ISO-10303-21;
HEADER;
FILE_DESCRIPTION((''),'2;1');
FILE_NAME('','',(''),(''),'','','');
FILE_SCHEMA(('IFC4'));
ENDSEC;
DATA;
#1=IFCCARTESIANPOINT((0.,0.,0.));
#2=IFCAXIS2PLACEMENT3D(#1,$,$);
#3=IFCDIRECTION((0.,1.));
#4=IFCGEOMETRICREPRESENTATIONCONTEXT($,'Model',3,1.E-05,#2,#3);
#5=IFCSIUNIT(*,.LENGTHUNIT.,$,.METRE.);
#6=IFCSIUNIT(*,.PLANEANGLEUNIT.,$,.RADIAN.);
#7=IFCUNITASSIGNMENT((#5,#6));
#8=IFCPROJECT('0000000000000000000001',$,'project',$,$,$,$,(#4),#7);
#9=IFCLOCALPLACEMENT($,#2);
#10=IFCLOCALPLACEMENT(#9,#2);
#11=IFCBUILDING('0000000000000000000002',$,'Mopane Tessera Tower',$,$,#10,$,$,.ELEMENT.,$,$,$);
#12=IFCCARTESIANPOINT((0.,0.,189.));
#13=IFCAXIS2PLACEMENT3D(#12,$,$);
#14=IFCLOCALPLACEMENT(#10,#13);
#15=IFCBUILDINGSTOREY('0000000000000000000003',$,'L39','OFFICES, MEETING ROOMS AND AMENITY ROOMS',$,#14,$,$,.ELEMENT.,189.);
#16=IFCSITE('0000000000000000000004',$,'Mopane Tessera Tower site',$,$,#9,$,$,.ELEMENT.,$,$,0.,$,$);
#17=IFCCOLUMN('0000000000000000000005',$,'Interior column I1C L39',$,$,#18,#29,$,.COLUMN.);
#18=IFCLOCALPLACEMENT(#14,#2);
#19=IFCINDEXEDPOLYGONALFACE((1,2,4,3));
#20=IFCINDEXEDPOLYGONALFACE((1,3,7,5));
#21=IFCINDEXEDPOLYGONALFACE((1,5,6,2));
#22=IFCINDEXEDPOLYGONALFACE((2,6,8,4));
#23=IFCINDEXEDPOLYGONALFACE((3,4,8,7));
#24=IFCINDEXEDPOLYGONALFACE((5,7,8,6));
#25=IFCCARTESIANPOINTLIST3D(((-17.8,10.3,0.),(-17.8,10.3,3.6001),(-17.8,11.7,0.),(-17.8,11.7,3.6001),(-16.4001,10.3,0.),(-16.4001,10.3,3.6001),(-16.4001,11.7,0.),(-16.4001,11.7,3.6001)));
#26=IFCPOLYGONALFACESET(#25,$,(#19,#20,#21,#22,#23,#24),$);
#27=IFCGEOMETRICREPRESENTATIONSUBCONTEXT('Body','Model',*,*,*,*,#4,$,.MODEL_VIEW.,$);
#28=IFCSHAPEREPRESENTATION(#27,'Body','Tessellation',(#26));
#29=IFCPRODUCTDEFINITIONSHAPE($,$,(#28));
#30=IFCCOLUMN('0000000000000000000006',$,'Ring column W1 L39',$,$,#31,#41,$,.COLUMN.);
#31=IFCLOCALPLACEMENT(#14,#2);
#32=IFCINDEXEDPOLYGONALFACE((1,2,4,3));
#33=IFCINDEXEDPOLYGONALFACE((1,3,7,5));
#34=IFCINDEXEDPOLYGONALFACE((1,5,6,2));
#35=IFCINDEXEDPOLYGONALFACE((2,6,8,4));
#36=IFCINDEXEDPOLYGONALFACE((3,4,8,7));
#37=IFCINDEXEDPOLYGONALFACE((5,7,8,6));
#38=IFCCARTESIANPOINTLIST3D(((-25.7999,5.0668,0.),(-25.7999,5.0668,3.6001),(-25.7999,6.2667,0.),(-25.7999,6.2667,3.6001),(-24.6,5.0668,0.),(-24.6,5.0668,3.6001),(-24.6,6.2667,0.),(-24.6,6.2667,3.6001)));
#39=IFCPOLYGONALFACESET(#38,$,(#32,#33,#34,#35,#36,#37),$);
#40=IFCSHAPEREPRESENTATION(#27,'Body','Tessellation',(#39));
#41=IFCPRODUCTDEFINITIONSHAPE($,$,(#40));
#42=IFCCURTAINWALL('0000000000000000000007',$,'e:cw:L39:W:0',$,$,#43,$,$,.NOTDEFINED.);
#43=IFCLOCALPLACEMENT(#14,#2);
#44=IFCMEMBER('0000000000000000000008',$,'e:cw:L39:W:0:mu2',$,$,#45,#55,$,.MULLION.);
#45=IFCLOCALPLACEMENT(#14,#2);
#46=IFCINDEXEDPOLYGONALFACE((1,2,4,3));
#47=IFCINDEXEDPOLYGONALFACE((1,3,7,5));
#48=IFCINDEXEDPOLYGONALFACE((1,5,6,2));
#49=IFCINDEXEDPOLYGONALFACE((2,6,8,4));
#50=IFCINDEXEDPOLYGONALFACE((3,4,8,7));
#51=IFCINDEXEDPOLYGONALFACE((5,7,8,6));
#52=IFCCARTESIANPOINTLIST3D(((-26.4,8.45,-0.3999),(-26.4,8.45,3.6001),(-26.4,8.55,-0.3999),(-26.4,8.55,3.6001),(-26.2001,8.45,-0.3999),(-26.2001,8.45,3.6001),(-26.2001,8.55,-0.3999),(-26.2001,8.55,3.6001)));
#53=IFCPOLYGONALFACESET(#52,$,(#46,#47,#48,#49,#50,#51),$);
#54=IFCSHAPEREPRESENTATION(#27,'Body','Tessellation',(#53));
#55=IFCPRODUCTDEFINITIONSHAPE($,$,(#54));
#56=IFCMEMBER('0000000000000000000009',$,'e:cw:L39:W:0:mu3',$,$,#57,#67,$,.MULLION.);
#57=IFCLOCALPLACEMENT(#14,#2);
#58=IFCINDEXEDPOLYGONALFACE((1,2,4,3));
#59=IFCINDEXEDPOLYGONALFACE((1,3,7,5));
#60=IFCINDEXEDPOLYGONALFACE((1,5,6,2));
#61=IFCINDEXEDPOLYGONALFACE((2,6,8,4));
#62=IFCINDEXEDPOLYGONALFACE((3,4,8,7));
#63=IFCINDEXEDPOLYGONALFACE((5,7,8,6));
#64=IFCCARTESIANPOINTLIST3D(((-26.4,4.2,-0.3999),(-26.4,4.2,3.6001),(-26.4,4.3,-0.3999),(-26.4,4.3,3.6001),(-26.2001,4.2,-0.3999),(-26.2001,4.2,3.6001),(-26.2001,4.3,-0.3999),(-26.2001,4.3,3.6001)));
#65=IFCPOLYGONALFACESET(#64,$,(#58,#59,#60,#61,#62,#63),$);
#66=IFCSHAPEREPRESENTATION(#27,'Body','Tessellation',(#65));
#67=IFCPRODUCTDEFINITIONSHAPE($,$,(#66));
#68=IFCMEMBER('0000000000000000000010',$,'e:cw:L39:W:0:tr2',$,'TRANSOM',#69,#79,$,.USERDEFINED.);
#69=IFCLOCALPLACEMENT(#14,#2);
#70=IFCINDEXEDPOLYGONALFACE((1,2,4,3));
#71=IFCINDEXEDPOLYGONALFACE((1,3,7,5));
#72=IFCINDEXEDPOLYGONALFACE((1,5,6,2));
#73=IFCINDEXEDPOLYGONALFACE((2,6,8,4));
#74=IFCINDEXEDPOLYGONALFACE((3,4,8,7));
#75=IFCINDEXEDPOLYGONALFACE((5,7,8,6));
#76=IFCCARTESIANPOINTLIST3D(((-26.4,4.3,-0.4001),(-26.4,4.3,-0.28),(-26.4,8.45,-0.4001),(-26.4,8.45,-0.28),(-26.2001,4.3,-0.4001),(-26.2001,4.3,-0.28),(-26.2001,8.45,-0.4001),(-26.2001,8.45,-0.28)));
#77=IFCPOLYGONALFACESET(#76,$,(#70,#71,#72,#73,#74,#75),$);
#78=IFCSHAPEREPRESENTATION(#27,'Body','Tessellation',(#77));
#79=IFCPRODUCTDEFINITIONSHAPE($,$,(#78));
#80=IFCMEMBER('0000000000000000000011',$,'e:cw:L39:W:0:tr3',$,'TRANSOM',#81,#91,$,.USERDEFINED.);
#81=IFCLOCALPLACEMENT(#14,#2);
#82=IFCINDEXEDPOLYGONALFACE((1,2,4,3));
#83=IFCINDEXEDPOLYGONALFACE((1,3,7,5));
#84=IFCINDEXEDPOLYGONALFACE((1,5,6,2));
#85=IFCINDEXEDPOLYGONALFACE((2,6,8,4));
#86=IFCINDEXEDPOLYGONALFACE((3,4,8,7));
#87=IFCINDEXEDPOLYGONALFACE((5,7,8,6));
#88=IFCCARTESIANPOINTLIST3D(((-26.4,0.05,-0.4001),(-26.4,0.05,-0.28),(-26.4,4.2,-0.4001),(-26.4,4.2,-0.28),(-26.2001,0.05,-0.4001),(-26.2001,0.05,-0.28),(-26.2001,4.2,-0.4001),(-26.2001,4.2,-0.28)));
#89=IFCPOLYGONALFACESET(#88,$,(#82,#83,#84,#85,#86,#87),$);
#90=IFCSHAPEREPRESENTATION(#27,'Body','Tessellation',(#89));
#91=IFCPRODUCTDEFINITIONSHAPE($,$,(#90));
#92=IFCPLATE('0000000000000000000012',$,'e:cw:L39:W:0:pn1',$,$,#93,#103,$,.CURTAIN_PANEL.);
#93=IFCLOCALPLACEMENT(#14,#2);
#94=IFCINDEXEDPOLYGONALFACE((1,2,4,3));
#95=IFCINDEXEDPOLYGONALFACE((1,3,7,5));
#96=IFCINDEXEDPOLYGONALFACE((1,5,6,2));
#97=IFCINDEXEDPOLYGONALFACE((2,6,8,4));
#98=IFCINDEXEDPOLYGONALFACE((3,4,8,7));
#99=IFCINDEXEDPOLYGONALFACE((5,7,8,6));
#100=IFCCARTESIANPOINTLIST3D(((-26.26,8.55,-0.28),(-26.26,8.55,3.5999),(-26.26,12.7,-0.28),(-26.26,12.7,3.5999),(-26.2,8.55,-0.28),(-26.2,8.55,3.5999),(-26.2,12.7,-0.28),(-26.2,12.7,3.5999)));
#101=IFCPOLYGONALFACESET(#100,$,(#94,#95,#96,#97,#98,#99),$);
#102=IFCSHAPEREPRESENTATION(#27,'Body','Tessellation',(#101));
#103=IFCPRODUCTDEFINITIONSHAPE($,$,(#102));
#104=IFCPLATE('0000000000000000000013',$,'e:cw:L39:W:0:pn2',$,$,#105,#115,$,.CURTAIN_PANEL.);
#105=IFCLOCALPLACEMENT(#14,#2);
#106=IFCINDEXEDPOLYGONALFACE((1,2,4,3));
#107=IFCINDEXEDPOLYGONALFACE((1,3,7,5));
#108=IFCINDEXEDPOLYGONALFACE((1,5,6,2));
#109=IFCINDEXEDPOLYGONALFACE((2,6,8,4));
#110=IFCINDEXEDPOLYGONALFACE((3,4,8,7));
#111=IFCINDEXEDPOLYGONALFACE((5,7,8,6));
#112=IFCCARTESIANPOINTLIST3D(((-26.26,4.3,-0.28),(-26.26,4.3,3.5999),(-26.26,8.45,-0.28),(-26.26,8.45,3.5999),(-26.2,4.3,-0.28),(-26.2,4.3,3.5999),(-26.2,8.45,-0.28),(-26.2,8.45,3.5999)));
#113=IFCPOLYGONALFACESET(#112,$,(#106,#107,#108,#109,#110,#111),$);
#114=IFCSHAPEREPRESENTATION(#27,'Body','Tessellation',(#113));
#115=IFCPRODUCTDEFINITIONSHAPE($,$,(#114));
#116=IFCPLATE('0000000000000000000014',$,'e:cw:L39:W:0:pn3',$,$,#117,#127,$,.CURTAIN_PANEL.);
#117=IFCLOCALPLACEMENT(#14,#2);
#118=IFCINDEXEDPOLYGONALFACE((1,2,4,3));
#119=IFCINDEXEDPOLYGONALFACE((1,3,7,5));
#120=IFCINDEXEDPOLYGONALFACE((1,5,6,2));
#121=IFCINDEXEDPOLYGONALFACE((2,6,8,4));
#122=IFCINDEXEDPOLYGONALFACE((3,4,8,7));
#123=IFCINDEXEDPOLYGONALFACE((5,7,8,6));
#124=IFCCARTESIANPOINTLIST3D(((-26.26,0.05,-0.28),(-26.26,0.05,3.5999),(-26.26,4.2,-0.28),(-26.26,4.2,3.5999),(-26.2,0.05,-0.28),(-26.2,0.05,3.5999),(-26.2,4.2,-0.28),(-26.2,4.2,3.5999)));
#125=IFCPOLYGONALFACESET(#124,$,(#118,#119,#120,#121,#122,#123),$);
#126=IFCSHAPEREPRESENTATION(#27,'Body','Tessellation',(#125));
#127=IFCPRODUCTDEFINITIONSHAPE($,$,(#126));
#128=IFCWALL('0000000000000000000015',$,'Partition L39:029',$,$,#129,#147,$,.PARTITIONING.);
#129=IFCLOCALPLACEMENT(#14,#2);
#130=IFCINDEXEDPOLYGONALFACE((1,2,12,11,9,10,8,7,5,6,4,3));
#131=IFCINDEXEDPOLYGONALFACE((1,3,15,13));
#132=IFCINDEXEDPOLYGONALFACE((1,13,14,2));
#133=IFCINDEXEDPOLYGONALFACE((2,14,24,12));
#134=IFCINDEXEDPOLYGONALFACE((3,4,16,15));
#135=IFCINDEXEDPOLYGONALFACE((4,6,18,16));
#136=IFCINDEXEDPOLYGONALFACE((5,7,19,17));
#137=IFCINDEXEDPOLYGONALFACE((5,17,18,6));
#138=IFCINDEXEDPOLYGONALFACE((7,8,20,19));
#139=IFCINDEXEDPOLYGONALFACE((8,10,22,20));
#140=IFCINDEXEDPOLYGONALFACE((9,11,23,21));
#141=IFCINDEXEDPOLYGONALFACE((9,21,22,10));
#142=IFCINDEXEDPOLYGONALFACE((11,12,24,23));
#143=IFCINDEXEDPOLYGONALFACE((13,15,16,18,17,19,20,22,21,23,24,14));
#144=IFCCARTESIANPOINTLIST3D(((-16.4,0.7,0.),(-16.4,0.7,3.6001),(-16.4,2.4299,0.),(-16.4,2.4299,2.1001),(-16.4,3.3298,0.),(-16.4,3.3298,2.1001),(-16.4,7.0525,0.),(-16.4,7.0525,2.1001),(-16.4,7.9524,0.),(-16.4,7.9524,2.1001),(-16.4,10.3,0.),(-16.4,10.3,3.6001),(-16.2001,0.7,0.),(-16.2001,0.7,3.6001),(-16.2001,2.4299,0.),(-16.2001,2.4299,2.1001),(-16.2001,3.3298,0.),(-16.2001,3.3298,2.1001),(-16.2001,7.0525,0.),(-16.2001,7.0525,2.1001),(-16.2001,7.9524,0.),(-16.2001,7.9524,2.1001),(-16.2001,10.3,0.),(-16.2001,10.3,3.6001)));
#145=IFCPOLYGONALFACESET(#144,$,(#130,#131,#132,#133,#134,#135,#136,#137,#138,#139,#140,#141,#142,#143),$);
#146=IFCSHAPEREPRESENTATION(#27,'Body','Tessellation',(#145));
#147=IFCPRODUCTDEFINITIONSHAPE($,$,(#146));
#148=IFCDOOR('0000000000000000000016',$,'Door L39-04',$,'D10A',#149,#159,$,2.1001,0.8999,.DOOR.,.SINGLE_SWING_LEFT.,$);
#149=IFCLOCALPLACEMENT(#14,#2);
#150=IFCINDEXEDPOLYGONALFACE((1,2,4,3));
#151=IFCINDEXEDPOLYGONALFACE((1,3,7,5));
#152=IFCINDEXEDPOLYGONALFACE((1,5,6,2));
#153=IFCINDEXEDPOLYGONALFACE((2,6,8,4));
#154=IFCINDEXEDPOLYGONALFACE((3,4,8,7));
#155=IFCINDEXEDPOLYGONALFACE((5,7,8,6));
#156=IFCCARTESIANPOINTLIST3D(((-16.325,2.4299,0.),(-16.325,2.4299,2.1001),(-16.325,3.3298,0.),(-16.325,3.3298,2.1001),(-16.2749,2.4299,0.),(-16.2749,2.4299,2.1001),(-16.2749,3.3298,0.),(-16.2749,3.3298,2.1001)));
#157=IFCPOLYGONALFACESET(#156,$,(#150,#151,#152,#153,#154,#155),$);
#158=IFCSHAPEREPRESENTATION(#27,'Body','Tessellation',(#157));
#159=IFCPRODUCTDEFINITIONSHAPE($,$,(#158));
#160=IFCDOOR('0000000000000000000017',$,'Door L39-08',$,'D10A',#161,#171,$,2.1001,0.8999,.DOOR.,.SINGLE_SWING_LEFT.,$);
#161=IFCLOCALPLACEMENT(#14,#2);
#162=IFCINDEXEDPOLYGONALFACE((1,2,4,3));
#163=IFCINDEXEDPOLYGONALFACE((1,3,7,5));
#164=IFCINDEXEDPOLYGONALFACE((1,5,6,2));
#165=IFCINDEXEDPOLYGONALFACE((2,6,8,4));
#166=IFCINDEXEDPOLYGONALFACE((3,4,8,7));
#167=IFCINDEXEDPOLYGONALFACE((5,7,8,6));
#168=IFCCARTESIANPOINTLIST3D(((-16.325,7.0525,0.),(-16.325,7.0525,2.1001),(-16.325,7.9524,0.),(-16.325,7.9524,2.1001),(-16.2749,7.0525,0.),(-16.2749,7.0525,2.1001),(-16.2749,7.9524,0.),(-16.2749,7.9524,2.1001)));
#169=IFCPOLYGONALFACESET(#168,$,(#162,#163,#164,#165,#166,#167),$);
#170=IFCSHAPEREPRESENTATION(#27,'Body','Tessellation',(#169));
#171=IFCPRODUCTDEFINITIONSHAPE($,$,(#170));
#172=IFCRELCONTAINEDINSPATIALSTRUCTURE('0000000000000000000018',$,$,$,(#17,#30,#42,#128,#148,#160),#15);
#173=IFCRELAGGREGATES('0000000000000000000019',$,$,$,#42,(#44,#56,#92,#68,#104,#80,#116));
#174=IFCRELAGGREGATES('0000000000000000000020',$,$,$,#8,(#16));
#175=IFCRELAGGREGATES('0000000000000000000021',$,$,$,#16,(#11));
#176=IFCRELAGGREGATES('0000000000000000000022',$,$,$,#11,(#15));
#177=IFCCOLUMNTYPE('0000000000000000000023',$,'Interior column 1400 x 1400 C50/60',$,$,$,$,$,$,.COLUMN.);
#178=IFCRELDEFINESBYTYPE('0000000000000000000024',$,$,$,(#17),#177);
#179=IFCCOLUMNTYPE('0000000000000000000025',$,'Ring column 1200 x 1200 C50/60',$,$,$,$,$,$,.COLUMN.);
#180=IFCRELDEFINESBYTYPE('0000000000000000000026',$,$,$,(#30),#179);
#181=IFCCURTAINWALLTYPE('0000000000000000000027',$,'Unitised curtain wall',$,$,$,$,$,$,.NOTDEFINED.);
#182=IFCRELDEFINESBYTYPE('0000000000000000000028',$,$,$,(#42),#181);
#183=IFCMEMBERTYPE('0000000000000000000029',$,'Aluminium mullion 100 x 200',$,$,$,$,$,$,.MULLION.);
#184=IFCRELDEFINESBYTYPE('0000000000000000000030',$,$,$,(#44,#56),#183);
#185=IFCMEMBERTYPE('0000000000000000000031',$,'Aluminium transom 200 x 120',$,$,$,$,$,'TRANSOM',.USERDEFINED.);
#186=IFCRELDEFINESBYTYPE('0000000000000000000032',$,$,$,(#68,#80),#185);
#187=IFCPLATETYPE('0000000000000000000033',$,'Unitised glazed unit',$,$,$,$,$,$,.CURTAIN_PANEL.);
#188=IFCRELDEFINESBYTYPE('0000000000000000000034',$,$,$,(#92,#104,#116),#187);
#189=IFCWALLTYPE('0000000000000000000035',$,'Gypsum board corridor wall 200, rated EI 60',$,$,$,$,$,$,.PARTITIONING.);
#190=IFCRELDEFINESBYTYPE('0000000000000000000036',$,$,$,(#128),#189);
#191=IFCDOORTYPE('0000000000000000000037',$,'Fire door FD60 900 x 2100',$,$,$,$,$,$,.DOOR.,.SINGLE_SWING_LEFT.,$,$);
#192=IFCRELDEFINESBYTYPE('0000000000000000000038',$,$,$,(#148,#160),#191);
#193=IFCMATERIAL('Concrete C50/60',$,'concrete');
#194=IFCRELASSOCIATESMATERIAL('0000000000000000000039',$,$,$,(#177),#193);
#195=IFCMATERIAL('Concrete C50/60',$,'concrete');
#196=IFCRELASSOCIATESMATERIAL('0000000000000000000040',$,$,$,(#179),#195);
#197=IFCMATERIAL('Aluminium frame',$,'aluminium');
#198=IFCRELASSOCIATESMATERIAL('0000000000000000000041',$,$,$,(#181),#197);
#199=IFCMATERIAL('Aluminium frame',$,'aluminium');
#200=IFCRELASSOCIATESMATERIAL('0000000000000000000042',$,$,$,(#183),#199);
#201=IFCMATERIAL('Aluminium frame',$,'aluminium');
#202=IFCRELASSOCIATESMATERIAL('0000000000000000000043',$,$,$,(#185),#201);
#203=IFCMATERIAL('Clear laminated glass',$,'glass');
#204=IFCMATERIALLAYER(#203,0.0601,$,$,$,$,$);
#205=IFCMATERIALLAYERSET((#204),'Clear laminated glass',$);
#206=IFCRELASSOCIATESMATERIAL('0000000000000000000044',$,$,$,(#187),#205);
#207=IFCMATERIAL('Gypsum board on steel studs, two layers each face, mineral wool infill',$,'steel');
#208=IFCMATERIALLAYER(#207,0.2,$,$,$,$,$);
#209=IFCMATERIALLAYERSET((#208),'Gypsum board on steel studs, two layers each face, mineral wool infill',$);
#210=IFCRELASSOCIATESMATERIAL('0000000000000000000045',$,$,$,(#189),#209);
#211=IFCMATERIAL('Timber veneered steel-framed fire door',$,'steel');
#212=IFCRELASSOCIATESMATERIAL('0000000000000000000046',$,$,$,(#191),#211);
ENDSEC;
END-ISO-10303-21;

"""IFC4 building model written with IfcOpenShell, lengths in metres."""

from ifc_helpers import new_model, si_unit, direction, frame, frame_2d, origin, origin_2d, place, context, subcontext, project, spatial, rectangle, extrude, material, layer, layer_set, material_profile, profile_set, type_object, element, fill, aggregate, save


model = new_model("IFC4")

# Units and contexts
model_context = context("Model", 3, precision=1e-05, world=origin(), true_north=direction((0.0, 1.0)))
body_context = subcontext(model_context, "Body", "Model", "MODEL_VIEW")
ifc_project = project(units=[si_unit("LENGTHUNIT", "METRE"), si_unit("PLANEANGLEUNIT", "RADIAN")], contexts=[model_context])

# Site, building, storey
site_placement = place(None, origin())
site = spatial("IfcSite", under=ifc_project, at=site_placement, Name="Mopane Tessera Tower site", CompositionType="ELEMENT", RefElevation=0.0)
building_placement = place(site_placement, origin())
building = spatial("IfcBuilding", under=site, at=building_placement, Name="Mopane Tessera Tower", CompositionType="ELEMENT")
storey_placement = place(building_placement, frame((0.0, 0.0, 189.0)))
storey = spatial("IfcBuildingStorey", under=building, at=storey_placement, Name="L39", Description="OFFICES, MEETING ROOMS AND AMENITY ROOMS", CompositionType="ELEMENT", Elevation=189.0)

# Columns
ifc_material_1 = material(Name="Concrete C50/60", Category="concrete")
ifc_material_profile_1 = material_profile(ifc_material_1, rectangle(XDim=1.3999, YDim=1.3999, at=origin_2d()))
ifc_profile_set_1 = profile_set([ifc_material_profile_1], Name="Concrete C50/60")
column_type_1 = type_object("IfcColumnType", Name="Interior column 1400 x 1400 C50/60", PredefinedType="COLUMN", material=ifc_profile_set_1)
column_1_placement = place(storey_placement, frame((-17.1001, 11.0, 0.0), z_axis=(0.0, 0.0, 1.0), x_axis=(1.0, 0.0, 0.0)))
element("IfcColumn", 1, at=column_1_placement, inside=storey, type_object=column_type_1, Name="Interior column I1C L39", PredefinedType="COLUMN", context=body_context, shape_type="SweptSolid", body=[
    extrude(rectangle(XDim=1.3999, YDim=1.3999, at=origin_2d()), origin(), (0.0, 0.0, 1.0), 3.6001),
])
ifc_material_2 = material(Name="Concrete C50/60", Category="concrete")
ifc_material_profile_2 = material_profile(ifc_material_2, rectangle(XDim=1.2, YDim=1.2, at=origin_2d()))
ifc_profile_set_2 = profile_set([ifc_material_profile_2], Name="Concrete C50/60")
column_type_2 = type_object("IfcColumnType", Name="Ring column 1200 x 1200 C50/60", PredefinedType="COLUMN", material=ifc_profile_set_2)
column_2_placement = place(storey_placement, frame((-25.2, 5.6667, 0.0), z_axis=(0.0, 0.0, 1.0), x_axis=(1.0, 0.0, 0.0)))
element("IfcColumn", 2, at=column_2_placement, inside=storey, type_object=column_type_2, Name="Ring column W1 L39", PredefinedType="COLUMN", context=body_context, shape_type="SweptSolid", body=[
    extrude(rectangle(XDim=1.2, YDim=1.2, at=origin_2d()), origin(), (0.0, 0.0, 1.0), 3.6001),
])

# Curtain wall, members, plates
ifc_material_3 = material(Name="Aluminium frame", Category="aluminium")
curtain_wall_type = type_object("IfcCurtainWallType", Name="Unitised curtain wall", PredefinedType="NOTDEFINED", material=ifc_material_3)
curtain_wall_placement = place(storey_placement, origin())
curtain_wall = element("IfcCurtainWall", 3, at=curtain_wall_placement, inside=storey, type_object=curtain_wall_type, Name="e:cw:L39:W:0", PredefinedType="NOTDEFINED")
ifc_material_4 = material(Name="Aluminium frame", Category="aluminium")
ifc_material_profile_3 = material_profile(ifc_material_4, rectangle(XDim=0.1001, YDim=0.2, at=origin_2d()))
ifc_profile_set_3 = profile_set([ifc_material_profile_3], Name="Aluminium frame")
member_type_1 = type_object("IfcMemberType", Name="Aluminium mullion 100 x 200", PredefinedType="MULLION", material=ifc_profile_set_3)
member_1_placement = place(storey_placement, frame((-26.3, 8.5, -0.3999), z_axis=(0.0, 0.0, 1.0), x_axis=(0.0, -1.0, 0.0)))
member_1 = element("IfcMember", 4, at=member_1_placement, type_object=member_type_1, Name="e:cw:L39:W:0:mu2", PredefinedType="MULLION", context=body_context, shape_type="SweptSolid", body=[
    extrude(rectangle(XDim=0.1001, YDim=0.2, at=origin_2d()), origin(), (0.0, 0.0, 1.0), 4.0),
])
member_2_placement = place(storey_placement, frame((-26.3, 4.25, -0.3999), z_axis=(0.0, 0.0, 1.0), x_axis=(0.0, -1.0, 0.0)))
member_2 = element("IfcMember", 5, at=member_2_placement, type_object=member_type_1, Name="e:cw:L39:W:0:mu3", PredefinedType="MULLION", context=body_context, shape_type="SweptSolid", body=[
    extrude(rectangle(XDim=0.1001, YDim=0.2, at=origin_2d()), origin(), (0.0, 0.0, 1.0), 4.0),
])
ifc_material_5 = material(Name="Aluminium frame", Category="aluminium")
ifc_material_profile_4 = material_profile(ifc_material_5, rectangle(XDim=0.2, YDim=0.1201, at=origin_2d()))
ifc_profile_set_4 = profile_set([ifc_material_profile_4], Name="Aluminium frame")
member_type_2 = type_object("IfcMemberType", Name="Aluminium transom 200 x 120", ElementType="TRANSOM", PredefinedType="USERDEFINED", material=ifc_profile_set_4)
member_3_placement = place(storey_placement, frame((-26.3, 8.45, -0.3401), z_axis=(0.0, -1.0, 0.0), x_axis=(1.0, 0.0, 0.0)))
member_3 = element("IfcMember", 6, at=member_3_placement, type_object=member_type_2, Name="e:cw:L39:W:0:tr2", ObjectType="TRANSOM", PredefinedType="USERDEFINED", context=body_context, shape_type="SweptSolid", body=[
    extrude(rectangle(XDim=0.2, YDim=0.1201, at=origin_2d()), origin(), (0.0, 0.0, 1.0), 4.1499),
])
member_4_placement = place(storey_placement, frame((-26.3, 4.2, -0.3401), z_axis=(0.0, -1.0, 0.0), x_axis=(1.0, 0.0, 0.0)))
member_4 = element("IfcMember", 7, at=member_4_placement, type_object=member_type_2, Name="e:cw:L39:W:0:tr3", ObjectType="TRANSOM", PredefinedType="USERDEFINED", context=body_context, shape_type="SweptSolid", body=[
    extrude(rectangle(XDim=0.2, YDim=0.1201, at=origin_2d()), origin(), (0.0, 0.0, 1.0), 4.1499),
])
ifc_material_6 = material(Name="Clear laminated glass", Category="glass")
ifc_layer_1 = layer(ifc_material_6, 0.0601)
ifc_layer_set_1 = layer_set([ifc_layer_1], Name="Clear laminated glass")
plate_type = type_object("IfcPlateType", Name="Unitised glazed unit", PredefinedType="CURTAIN_PANEL", material=ifc_layer_set_1)
plate_1_placement = place(storey_placement, frame((-26.23, 10.625, -0.28), z_axis=(0.0, 0.0, 1.0), x_axis=(0.0, -1.0, 0.0)))
plate_1 = element("IfcPlate", 8, at=plate_1_placement, type_object=plate_type, Name="e:cw:L39:W:0:pn1", PredefinedType="CURTAIN_PANEL", context=body_context, shape_type="SweptSolid", body=[
    extrude(rectangle(XDim=4.1499, YDim=0.0601, at=origin_2d()), origin(), (0.0, 0.0, 1.0), 3.8799),
])
plate_2_placement = place(storey_placement, frame((-26.23, 6.375, -0.28), z_axis=(0.0, 0.0, 1.0), x_axis=(0.0, -1.0, 0.0)))
plate_2 = element("IfcPlate", 9, at=plate_2_placement, type_object=plate_type, Name="e:cw:L39:W:0:pn2", PredefinedType="CURTAIN_PANEL", context=body_context, shape_type="SweptSolid", body=[
    extrude(rectangle(XDim=4.1499, YDim=0.0601, at=origin_2d()), origin(), (0.0, 0.0, 1.0), 3.8799),
])
plate_3_placement = place(storey_placement, frame((-26.23, 2.125, -0.28), z_axis=(0.0, 0.0, 1.0), x_axis=(0.0, -1.0, 0.0)))
plate_3 = element("IfcPlate", 10, at=plate_3_placement, type_object=plate_type, Name="e:cw:L39:W:0:pn3", PredefinedType="CURTAIN_PANEL", context=body_context, shape_type="SweptSolid", body=[
    extrude(rectangle(XDim=4.1499, YDim=0.0601, at=origin_2d()), origin(), (0.0, 0.0, 1.0), 3.8799),
])
aggregate(curtain_wall, [member_1, member_2, plate_1, member_3, plate_2, member_4, plate_3])

# Wall, openings, doors
ifc_material_7 = material(Name="Gypsum board on steel studs, two layers each face, mineral wool infill", Category="steel")
ifc_layer_2 = layer(ifc_material_7, 0.2)
ifc_layer_set_2 = layer_set([ifc_layer_2], Name="Gypsum board on steel studs, two layers each face, mineral wool infill")
wall_type_1 = type_object("IfcWallType", Name="Gypsum board corridor wall 200, rated EI 60", PredefinedType="PARTITIONING", material=ifc_layer_set_2)
wall_1_placement = place(storey_placement, frame((-16.3, 0.7, 0.0), z_axis=(0.0, 0.0, 1.0), x_axis=(0.0, 1.0, 0.0)))
wall_1 = element("IfcWall", 11, at=wall_1_placement, inside=storey, type_object=wall_type_1, Name="Partition L39:029", PredefinedType="PARTITIONING", context=body_context, shape_type="SweptSolid", body=[
    extrude(rectangle(XDim=9.6001, YDim=0.2, at=frame_2d((4.8, 0.0))), origin(), (0.0, 0.0, 1.0), 3.6001),
])
opening_1_placement = place(wall_1_placement, frame((1.73, 0.0, 0.0)))
opening_1 = element("IfcOpeningElement", 12, at=opening_1_placement, cuts=wall_1, PredefinedType="OPENING", context=body_context, shape_type="SweptSolid", body=[
    extrude(rectangle(XDim=0.8999, YDim=2.1001, at=frame_2d((0.45, 1.05))), frame((0.0, 0.1121, 0.0), z_axis=(0.0, -1.0, 0.0), x_axis=(1.0, 0.0, 0.0)), (0.0, 0.0, 1.0), 0.2239),
])
opening_2_placement = place(wall_1_placement, frame((6.3525, 0.0, 0.0)))
opening_2 = element("IfcOpeningElement", 13, at=opening_2_placement, cuts=wall_1, PredefinedType="OPENING", context=body_context, shape_type="SweptSolid", body=[
    extrude(rectangle(XDim=0.8999, YDim=2.1001, at=frame_2d((0.45, 1.05))), frame((0.0, 0.1121, 0.0), z_axis=(0.0, -1.0, 0.0), x_axis=(1.0, 0.0, 0.0)), (0.0, 0.0, 1.0), 0.2239),
])
ifc_material_8 = material(Name="Timber veneered steel-framed fire door", Category="steel")
door_type_1 = type_object("IfcDoorType", Name="Fire door FD60 900 x 2100", OperationType="SINGLE_SWING_LEFT", PredefinedType="DOOR", material=ifc_material_8)
door_1_placement = place(opening_1_placement, origin())
door_1 = element("IfcDoor", 14, at=door_1_placement, inside=storey, type_object=door_type_1, Name="Door L39-04", ObjectType="D10A", OperationType="SINGLE_SWING_LEFT", OverallHeight=2.1001, OverallWidth=0.8999, PredefinedType="DOOR", context=body_context, shape_type="SweptSolid", body=[
    extrude(rectangle(XDim=0.8999, YDim=2.1001, at=frame_2d((0.45, 1.05))), frame((0.0, 0.0249, 0.0), z_axis=(0.0, -1.0, 0.0), x_axis=(1.0, 0.0, 0.0)), (0.0, 0.0, 1.0), 0.05),
])
fill(opening_1, door_1)
door_2_placement = place(opening_2_placement, origin())
door_2 = element("IfcDoor", 15, at=door_2_placement, inside=storey, type_object=door_type_1, Name="Door L39-08", ObjectType="D10A", OperationType="SINGLE_SWING_LEFT", OverallHeight=2.1001, OverallWidth=0.8999, PredefinedType="DOOR", context=body_context, shape_type="SweptSolid", body=[
    extrude(rectangle(XDim=0.8999, YDim=2.1001, at=frame_2d((0.45, 1.05))), frame((0.0, 0.0249, 0.0), z_axis=(0.0, -1.0, 0.0), x_axis=(1.0, 0.0, 0.0)), (0.0, 0.0, 1.0), 0.05),
])
fill(opening_2, door_2)

save(model, "model.ifc")
